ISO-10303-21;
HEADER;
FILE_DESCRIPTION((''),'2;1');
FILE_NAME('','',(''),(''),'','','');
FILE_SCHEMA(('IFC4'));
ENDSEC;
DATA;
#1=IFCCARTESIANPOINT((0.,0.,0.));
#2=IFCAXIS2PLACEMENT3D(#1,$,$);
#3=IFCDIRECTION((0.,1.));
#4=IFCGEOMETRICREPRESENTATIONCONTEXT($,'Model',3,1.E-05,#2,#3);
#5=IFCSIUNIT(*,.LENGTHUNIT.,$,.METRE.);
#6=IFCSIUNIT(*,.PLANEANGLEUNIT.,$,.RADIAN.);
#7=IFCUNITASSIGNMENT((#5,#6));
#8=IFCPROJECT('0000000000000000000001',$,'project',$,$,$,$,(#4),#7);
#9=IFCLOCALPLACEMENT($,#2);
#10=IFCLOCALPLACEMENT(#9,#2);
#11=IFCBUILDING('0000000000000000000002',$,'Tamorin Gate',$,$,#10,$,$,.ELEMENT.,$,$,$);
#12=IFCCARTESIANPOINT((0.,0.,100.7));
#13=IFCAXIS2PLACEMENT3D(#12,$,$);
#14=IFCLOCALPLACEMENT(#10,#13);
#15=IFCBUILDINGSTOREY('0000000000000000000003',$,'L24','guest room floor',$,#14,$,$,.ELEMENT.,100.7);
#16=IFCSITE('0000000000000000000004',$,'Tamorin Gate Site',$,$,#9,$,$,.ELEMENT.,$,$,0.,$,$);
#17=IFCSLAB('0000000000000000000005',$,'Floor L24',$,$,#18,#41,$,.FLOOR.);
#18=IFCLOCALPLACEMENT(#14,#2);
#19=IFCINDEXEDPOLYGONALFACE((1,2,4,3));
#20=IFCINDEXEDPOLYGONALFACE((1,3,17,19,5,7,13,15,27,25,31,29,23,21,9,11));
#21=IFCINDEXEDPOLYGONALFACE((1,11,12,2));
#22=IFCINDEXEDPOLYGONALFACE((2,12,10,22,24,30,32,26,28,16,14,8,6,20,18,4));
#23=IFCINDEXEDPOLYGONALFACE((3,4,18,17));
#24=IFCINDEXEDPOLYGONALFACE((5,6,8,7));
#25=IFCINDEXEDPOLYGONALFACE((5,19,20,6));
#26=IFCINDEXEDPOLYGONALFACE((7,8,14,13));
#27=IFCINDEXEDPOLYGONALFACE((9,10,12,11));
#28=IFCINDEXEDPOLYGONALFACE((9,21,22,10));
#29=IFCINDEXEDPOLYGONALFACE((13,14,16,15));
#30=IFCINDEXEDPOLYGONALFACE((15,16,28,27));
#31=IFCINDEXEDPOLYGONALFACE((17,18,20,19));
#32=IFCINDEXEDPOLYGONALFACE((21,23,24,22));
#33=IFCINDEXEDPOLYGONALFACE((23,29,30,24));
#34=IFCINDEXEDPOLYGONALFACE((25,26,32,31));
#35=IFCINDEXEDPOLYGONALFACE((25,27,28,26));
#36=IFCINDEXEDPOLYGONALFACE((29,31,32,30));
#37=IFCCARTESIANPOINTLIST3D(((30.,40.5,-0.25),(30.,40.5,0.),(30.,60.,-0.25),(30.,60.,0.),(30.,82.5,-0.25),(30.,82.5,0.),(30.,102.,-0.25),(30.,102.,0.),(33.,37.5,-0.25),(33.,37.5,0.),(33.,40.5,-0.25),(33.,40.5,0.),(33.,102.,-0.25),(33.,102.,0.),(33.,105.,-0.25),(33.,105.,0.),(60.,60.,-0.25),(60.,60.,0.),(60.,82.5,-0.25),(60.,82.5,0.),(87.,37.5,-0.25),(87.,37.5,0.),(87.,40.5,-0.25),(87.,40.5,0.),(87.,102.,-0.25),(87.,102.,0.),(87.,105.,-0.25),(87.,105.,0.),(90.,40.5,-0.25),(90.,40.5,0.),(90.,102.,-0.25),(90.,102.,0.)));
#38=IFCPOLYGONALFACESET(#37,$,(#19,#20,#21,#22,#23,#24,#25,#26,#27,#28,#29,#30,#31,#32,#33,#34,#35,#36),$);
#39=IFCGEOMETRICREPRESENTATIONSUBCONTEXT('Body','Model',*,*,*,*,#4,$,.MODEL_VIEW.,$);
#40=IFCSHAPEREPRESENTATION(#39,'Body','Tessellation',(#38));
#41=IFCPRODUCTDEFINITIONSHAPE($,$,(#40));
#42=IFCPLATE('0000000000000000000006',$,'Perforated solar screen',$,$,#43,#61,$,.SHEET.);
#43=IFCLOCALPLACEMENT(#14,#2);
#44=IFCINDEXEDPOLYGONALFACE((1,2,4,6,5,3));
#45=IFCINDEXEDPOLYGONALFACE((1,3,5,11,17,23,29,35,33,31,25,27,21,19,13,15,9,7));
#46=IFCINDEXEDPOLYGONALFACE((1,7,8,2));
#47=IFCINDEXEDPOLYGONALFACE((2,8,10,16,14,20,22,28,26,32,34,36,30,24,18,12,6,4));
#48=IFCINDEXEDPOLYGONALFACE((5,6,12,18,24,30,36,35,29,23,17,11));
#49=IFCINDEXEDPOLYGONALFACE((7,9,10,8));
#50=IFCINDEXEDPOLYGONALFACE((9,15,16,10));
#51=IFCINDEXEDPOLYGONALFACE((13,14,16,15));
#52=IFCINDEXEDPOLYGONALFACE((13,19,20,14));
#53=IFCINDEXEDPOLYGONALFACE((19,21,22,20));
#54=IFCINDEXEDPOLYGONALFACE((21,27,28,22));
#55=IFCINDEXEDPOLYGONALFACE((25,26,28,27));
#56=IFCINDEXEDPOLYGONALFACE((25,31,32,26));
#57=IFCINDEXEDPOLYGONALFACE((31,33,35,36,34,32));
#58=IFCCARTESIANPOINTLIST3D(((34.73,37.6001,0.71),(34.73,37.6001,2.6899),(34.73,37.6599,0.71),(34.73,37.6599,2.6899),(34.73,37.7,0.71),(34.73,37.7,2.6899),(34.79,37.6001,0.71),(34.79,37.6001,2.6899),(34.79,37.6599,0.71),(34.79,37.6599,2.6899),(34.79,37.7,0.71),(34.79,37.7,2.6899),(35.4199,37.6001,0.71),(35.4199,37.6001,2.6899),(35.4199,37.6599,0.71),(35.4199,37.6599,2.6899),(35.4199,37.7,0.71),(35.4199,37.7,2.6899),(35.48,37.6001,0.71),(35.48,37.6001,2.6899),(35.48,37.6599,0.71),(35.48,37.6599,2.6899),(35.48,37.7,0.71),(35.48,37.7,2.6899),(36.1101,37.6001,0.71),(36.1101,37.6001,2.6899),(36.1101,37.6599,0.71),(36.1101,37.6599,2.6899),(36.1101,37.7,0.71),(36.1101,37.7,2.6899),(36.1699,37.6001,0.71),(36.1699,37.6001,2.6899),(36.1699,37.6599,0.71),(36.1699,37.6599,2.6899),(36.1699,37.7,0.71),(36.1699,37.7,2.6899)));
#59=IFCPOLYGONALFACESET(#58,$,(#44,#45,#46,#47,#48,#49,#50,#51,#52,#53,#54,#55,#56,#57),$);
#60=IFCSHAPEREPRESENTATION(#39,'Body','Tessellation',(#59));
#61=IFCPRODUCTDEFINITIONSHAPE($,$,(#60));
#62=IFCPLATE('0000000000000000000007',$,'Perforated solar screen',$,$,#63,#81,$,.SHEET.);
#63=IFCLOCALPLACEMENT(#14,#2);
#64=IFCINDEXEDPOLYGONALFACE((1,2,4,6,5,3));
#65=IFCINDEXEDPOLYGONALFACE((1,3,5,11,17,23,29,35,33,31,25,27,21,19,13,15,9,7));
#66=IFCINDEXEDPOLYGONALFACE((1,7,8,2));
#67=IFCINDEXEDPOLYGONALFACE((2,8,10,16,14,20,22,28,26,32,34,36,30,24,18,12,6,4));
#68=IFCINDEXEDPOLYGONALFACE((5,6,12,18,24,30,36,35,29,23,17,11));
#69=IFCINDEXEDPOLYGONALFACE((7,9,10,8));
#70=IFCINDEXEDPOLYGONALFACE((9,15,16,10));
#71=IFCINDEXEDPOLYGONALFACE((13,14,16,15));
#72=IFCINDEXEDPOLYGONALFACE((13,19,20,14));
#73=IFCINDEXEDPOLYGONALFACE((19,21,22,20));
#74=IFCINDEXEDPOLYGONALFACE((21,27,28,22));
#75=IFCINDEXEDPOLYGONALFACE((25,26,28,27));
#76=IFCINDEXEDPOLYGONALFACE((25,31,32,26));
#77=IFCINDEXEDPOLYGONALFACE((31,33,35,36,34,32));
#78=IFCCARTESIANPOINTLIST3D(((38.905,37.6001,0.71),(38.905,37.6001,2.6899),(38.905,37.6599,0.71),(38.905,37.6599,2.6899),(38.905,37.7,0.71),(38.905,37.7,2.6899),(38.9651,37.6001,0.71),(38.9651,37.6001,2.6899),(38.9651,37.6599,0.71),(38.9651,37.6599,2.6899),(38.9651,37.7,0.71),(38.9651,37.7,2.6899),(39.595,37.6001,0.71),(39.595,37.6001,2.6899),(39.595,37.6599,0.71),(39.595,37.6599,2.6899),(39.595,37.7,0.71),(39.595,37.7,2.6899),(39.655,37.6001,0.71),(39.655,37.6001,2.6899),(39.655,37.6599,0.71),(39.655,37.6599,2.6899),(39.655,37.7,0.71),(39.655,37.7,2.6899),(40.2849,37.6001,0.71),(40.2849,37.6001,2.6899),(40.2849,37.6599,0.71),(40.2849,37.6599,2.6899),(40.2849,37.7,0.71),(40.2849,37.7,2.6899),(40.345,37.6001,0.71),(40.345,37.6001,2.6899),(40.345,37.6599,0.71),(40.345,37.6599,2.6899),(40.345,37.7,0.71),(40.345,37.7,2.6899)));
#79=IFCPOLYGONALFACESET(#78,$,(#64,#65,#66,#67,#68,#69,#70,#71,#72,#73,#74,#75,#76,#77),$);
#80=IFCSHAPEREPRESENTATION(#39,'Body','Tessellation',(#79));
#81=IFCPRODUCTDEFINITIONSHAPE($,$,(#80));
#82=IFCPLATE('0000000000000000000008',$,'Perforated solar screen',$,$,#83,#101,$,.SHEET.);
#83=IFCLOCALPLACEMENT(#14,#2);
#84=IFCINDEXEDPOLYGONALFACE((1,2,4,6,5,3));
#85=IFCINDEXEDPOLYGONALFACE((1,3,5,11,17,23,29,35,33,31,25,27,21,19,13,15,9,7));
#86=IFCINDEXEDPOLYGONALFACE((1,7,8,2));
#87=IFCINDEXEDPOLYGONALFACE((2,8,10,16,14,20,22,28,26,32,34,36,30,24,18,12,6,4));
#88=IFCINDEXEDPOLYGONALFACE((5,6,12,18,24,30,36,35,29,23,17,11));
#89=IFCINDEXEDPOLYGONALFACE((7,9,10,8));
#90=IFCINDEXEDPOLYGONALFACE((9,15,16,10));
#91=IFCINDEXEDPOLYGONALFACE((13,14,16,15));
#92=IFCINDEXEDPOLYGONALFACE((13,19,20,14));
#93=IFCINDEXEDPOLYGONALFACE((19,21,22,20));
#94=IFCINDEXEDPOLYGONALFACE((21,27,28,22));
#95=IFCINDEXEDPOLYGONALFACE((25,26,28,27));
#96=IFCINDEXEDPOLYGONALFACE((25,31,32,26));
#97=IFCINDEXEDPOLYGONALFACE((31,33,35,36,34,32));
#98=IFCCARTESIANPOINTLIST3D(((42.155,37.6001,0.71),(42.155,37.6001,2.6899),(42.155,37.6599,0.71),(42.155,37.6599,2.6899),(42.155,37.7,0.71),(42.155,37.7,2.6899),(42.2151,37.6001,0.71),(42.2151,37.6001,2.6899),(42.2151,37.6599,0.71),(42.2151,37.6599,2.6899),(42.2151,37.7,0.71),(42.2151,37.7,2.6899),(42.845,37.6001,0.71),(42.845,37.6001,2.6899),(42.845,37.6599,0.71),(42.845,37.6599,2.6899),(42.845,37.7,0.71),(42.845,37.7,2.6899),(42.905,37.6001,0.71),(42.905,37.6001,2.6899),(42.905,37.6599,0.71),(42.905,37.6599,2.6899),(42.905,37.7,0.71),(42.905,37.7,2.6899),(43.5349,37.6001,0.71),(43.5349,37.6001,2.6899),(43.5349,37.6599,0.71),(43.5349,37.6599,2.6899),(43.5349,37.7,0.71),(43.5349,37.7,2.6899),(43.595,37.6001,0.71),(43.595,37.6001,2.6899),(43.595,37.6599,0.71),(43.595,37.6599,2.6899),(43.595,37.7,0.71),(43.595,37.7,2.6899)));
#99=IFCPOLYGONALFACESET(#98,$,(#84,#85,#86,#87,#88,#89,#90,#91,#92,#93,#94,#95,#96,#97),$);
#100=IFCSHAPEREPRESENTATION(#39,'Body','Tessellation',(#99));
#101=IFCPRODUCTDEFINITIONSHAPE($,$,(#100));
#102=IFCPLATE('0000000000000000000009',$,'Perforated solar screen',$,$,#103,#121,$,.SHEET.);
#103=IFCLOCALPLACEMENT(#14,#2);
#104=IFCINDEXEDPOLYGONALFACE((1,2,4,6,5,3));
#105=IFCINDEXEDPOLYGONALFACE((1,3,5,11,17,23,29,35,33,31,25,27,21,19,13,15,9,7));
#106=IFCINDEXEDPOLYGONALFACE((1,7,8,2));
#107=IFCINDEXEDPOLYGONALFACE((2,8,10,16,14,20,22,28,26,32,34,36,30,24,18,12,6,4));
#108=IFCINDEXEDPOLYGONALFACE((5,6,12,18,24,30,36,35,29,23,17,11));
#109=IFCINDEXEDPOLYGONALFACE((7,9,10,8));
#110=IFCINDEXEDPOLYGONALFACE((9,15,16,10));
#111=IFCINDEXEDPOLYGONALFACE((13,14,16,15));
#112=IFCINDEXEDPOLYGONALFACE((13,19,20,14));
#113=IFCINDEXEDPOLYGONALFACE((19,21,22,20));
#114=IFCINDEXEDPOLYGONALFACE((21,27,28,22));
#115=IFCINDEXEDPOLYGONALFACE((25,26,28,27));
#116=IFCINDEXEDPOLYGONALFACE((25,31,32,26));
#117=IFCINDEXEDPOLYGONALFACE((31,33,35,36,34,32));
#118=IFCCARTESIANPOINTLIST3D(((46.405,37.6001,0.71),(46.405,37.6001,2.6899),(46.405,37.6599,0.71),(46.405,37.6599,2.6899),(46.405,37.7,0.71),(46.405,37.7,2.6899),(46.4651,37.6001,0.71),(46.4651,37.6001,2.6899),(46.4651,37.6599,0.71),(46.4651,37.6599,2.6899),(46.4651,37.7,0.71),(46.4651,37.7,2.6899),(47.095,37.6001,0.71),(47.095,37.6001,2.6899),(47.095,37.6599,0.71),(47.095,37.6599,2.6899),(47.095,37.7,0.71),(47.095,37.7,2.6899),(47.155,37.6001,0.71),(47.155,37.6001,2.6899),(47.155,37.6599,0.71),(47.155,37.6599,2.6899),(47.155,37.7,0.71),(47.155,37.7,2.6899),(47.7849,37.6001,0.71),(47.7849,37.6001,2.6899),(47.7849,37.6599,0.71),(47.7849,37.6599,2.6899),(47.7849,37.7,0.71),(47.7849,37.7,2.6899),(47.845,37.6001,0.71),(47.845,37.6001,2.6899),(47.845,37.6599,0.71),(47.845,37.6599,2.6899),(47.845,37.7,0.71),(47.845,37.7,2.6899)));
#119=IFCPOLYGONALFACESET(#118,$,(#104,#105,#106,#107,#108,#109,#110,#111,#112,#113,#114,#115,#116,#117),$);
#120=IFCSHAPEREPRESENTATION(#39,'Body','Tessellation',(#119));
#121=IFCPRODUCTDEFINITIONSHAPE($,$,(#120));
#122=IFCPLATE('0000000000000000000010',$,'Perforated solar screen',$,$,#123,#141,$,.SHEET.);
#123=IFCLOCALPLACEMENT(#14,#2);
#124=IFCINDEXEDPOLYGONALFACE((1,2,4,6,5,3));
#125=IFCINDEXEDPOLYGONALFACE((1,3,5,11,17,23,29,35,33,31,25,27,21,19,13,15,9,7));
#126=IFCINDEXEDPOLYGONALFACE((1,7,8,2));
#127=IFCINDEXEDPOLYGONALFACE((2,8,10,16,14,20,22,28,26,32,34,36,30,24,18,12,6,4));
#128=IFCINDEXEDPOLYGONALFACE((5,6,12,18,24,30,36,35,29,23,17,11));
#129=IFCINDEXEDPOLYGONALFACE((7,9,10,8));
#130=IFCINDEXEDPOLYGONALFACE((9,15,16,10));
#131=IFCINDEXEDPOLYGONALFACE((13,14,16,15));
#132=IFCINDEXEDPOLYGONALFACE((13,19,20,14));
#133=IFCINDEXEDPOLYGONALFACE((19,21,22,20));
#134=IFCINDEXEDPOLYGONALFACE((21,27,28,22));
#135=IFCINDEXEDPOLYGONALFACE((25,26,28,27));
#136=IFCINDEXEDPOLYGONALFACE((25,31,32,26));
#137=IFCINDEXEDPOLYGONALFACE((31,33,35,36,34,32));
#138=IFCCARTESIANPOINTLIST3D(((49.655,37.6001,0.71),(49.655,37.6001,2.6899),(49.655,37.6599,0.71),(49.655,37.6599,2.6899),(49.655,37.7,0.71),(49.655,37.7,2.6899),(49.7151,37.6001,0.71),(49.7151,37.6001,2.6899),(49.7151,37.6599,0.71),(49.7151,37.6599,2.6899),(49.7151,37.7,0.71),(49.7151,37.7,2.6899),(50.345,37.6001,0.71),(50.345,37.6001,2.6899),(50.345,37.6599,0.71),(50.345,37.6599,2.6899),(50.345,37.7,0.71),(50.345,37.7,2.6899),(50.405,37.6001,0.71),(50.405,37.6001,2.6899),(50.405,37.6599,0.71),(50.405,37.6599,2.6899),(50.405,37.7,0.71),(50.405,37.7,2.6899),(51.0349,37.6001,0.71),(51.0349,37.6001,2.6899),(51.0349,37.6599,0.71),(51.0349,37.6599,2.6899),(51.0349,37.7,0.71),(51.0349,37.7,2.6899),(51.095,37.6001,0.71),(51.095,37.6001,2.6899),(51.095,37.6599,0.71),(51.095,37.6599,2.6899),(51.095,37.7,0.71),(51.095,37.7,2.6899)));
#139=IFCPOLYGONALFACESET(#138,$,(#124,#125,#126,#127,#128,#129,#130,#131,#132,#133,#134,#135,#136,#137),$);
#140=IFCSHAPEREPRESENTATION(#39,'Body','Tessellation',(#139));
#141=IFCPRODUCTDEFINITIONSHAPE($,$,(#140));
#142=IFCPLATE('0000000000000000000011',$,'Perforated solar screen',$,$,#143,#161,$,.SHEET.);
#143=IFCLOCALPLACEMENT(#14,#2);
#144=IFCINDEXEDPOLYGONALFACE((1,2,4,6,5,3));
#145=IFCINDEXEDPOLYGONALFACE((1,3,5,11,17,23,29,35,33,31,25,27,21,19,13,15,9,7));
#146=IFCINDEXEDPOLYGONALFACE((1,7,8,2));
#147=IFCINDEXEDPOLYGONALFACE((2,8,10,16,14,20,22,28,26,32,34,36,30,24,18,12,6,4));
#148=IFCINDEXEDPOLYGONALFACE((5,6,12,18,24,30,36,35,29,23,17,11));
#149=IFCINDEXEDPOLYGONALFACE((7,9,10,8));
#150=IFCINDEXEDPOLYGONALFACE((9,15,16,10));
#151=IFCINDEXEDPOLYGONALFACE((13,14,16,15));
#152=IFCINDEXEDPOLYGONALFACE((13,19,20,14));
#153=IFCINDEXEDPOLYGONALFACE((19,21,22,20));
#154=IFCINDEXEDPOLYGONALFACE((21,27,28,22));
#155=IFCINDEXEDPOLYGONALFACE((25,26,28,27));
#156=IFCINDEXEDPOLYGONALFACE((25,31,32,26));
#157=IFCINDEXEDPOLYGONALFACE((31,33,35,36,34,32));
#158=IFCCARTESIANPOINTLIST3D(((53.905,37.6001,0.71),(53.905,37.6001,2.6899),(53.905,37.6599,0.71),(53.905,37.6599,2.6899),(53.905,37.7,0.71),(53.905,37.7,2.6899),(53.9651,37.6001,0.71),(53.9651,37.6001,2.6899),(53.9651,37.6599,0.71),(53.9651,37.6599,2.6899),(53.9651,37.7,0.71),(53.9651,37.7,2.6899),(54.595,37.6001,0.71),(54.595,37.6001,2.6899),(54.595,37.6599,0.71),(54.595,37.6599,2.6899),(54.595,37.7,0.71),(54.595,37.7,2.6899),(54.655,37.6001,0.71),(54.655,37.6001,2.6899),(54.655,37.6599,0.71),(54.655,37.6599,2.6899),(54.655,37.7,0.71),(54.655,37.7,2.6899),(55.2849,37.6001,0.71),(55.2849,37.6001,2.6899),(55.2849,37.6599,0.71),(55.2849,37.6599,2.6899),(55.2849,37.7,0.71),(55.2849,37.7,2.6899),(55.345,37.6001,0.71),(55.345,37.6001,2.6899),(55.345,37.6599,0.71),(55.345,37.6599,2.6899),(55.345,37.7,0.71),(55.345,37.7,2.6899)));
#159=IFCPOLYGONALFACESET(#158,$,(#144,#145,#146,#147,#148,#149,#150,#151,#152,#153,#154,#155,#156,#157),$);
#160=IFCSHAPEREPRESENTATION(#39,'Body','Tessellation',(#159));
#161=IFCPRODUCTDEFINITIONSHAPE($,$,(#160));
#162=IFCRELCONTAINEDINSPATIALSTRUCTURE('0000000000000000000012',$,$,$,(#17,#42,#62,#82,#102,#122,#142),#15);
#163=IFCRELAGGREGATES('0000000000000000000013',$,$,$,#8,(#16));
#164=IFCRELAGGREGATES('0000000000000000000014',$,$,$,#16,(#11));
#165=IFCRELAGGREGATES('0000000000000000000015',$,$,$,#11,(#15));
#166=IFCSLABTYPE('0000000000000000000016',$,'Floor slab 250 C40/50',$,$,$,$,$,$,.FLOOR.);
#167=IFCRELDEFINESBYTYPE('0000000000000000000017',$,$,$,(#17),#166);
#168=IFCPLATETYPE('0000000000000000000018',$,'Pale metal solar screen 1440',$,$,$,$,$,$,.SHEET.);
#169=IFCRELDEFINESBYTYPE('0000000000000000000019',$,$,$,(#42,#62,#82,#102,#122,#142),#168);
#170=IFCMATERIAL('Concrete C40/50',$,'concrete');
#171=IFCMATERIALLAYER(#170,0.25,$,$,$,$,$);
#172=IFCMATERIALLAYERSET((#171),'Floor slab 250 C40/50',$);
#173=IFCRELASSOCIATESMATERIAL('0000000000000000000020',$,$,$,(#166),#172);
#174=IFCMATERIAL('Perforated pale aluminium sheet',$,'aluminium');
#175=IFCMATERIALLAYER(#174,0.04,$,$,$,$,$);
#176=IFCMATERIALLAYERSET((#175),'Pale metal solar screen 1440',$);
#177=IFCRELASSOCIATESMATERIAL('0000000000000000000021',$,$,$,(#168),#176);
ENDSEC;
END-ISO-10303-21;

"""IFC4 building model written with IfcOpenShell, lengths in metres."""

from ifc_helpers import new_model, si_unit, direction, frame, origin, place, context, subcontext, project, spatial, polyline, outline, extrude, material, layer, layer_set, type_object, element, save


model = new_model("IFC4")

# Units and contexts
model_context = context("Model", 3, precision=1e-05, world=origin(), true_north=direction((0.0, 1.0)))
body_context = subcontext(model_context, "Body", "Model", "MODEL_VIEW")
ifc_project = project(units=[si_unit("LENGTHUNIT", "METRE"), si_unit("PLANEANGLEUNIT", "RADIAN")], contexts=[model_context])

# Site, building, storey
site_placement = place(None, origin())
site = spatial("IfcSite", under=ifc_project, at=site_placement, Name="Tamorin Gate Site", CompositionType="ELEMENT", RefElevation=0.0)
building_placement = place(site_placement, origin())
building = spatial("IfcBuilding", under=site, at=building_placement, Name="Tamorin Gate", CompositionType="ELEMENT")
storey_placement = place(building_placement, frame((0.0, 0.0, 100.7)))
storey = spatial("IfcBuildingStorey", under=building, at=storey_placement, Name="L24", Description="guest room floor", CompositionType="ELEMENT", Elevation=100.7)

# Slab
ifc_material_1 = material(Name="Concrete C40/50", Category="concrete")
ifc_layer_1 = layer(ifc_material_1, 0.25)
ifc_layer_set_1 = layer_set([ifc_layer_1], Name="Floor slab 250 C40/50")
slab_type = type_object("IfcSlabType", Name="Floor slab 250 C40/50", PredefinedType="FLOOR", material=ifc_layer_set_1)
slab_placement = place(storey_placement, frame((0.0, 0.0, -0.25)))
element("IfcSlab", 1, at=slab_placement, inside=storey, type_object=slab_type, Name="Floor L24", PredefinedType="FLOOR", context=body_context, shape_type="SweptSolid", body=[
    extrude(outline(polyline([(30.0, 102.0), (33.0, 102.0), (33.0, 105.0), (87.0, 105.0), (87.0, 102.0), (90.0, 102.0), (90.0, 40.5), (87.0, 40.5), (87.0, 37.5), (33.0, 37.5), (33.0, 40.5), (30.0, 40.5), (30.0, 60.0), (60.0, 60.0), (60.0, 82.5), (30.0, 82.5), (30.0, 102.0)])), origin(), (0.0, 0.0, 1.0), 0.25),
])

# Plates
ifc_material_2 = material(Name="Perforated pale aluminium sheet", Category="aluminium")
ifc_layer_2 = layer(ifc_material_2, 0.04)
ifc_layer_set_2 = layer_set([ifc_layer_2], Name="Pale metal solar screen 1440")
plate_type = type_object("IfcPlateType", Name="Pale metal solar screen 1440", PredefinedType="SHEET", material=ifc_layer_set_2)
plate_1_placement = place(storey_placement, frame((0.0, 0.0, 0.71)))
element("IfcPlate", 2, at=plate_1_placement, inside=storey, type_object=plate_type, Name="Perforated solar screen", PredefinedType="SHEET", context=body_context, shape_type="SweptSolid", body=[
    extrude(outline(polyline([(34.73, 37.6599), (34.73, 37.7), (34.79, 37.7), (35.4199, 37.7), (35.48, 37.7), (36.1101, 37.7), (36.1699, 37.7), (36.1699, 37.6599), (36.1699, 37.6001), (36.1101, 37.6001), (36.1101, 37.6599), (35.48, 37.6599), (35.48, 37.6001), (35.4199, 37.6001), (35.4199, 37.6599), (34.79, 37.6599), (34.79, 37.6001), (34.73, 37.6001), (34.73, 37.6599)])), origin(), (0.0, 0.0, 1.0), 1.98),
])
plate_2_placement = place(storey_placement, frame((0.0, 0.0, 0.71)))
element("IfcPlate", 3, at=plate_2_placement, inside=storey, type_object=plate_type, Name="Perforated solar screen", PredefinedType="SHEET", context=body_context, shape_type="SweptSolid", body=[
    extrude(outline(polyline([(38.905, 37.6599), (38.905, 37.7), (38.9651, 37.7), (39.595, 37.7), (39.655, 37.7), (40.2849, 37.7), (40.345, 37.7), (40.345, 37.7), (40.345, 37.6599), (40.345, 37.6599), (40.345, 37.6001), (40.2849, 37.6001), (40.2849, 37.6599), (39.655, 37.6599), (39.655, 37.6001), (39.595, 37.6001), (39.595, 37.6599), (38.9651, 37.6599), (38.9651, 37.6001), (38.905, 37.6001), (38.905, 37.6599)])), origin(), (0.0, 0.0, 1.0), 1.98),
])
plate_3_placement = place(storey_placement, frame((0.0, 0.0, 0.71)))
element("IfcPlate", 4, at=plate_3_placement, inside=storey, type_object=plate_type, Name="Perforated solar screen", PredefinedType="SHEET", context=body_context, shape_type="SweptSolid", body=[
    extrude(outline(polyline([(42.155, 37.6599), (42.155, 37.7), (42.2151, 37.7), (42.845, 37.7), (42.905, 37.7), (43.5349, 37.7), (43.595, 37.7), (43.595, 37.6599), (43.595, 37.6001), (43.5349, 37.6001), (43.5349, 37.6599), (42.905, 37.6599), (42.905, 37.6001), (42.845, 37.6001), (42.845, 37.6599), (42.2151, 37.6599), (42.2151, 37.6001), (42.155, 37.6001), (42.155, 37.6599)])), origin(), (0.0, 0.0, 1.0), 1.98),
])
plate_4_placement = place(storey_placement, frame((0.0, 0.0, 0.71)))
element("IfcPlate", 5, at=plate_4_placement, inside=storey, type_object=plate_type, Name="Perforated solar screen", PredefinedType="SHEET", context=body_context, shape_type="SweptSolid", body=[
    extrude(outline(polyline([(46.405, 37.6599), (46.405, 37.7), (46.4651, 37.7), (47.095, 37.7), (47.155, 37.7), (47.7849, 37.7), (47.845, 37.7), (47.845, 37.6599), (47.845, 37.6001), (47.7849, 37.6001), (47.7849, 37.6599), (47.155, 37.6599), (47.155, 37.6001), (47.095, 37.6001), (47.095, 37.6599), (46.4651, 37.6599), (46.4651, 37.6001), (46.405, 37.6001), (46.405, 37.6599)])), origin(), (0.0, 0.0, 1.0), 1.98),
])
plate_5_placement = place(storey_placement, frame((0.0, 0.0, 0.71)))
element("IfcPlate", 6, at=plate_5_placement, inside=storey, type_object=plate_type, Name="Perforated solar screen", PredefinedType="SHEET", context=body_context, shape_type="SweptSolid", body=[
    extrude(outline(polyline([(49.655, 37.6599), (49.655, 37.7), (49.7151, 37.7), (50.345, 37.7), (50.405, 37.7), (51.0349, 37.7), (51.095, 37.7), (51.095, 37.6599), (51.095, 37.6001), (51.0349, 37.6001), (51.0349, 37.6599), (50.405, 37.6599), (50.405, 37.6001), (50.345, 37.6001), (50.345, 37.6599), (49.7151, 37.6599), (49.7151, 37.6001), (49.655, 37.6001), (49.655, 37.6599)])), origin(), (0.0, 0.0, 1.0), 1.98),
])
plate_6_placement = place(storey_placement, frame((0.0, 0.0, 0.71)))
element("IfcPlate", 7, at=plate_6_placement, inside=storey, type_object=plate_type, Name="Perforated solar screen", PredefinedType="SHEET", context=body_context, shape_type="SweptSolid", body=[
    extrude(outline(polyline([(53.905, 37.6599), (53.905, 37.7), (53.9651, 37.7), (54.595, 37.7), (54.655, 37.7), (55.2849, 37.7), (55.345, 37.7), (55.345, 37.6599), (55.345, 37.6001), (55.2849, 37.6001), (55.2849, 37.6599), (54.655, 37.6599), (54.655, 37.6001), (54.595, 37.6001), (54.595, 37.6599), (53.9651, 37.6599), (53.9651, 37.6001), (53.905, 37.6001), (53.905, 37.6599)])), origin(), (0.0, 0.0, 1.0), 1.98),
])

save(model, "model.ifc")
